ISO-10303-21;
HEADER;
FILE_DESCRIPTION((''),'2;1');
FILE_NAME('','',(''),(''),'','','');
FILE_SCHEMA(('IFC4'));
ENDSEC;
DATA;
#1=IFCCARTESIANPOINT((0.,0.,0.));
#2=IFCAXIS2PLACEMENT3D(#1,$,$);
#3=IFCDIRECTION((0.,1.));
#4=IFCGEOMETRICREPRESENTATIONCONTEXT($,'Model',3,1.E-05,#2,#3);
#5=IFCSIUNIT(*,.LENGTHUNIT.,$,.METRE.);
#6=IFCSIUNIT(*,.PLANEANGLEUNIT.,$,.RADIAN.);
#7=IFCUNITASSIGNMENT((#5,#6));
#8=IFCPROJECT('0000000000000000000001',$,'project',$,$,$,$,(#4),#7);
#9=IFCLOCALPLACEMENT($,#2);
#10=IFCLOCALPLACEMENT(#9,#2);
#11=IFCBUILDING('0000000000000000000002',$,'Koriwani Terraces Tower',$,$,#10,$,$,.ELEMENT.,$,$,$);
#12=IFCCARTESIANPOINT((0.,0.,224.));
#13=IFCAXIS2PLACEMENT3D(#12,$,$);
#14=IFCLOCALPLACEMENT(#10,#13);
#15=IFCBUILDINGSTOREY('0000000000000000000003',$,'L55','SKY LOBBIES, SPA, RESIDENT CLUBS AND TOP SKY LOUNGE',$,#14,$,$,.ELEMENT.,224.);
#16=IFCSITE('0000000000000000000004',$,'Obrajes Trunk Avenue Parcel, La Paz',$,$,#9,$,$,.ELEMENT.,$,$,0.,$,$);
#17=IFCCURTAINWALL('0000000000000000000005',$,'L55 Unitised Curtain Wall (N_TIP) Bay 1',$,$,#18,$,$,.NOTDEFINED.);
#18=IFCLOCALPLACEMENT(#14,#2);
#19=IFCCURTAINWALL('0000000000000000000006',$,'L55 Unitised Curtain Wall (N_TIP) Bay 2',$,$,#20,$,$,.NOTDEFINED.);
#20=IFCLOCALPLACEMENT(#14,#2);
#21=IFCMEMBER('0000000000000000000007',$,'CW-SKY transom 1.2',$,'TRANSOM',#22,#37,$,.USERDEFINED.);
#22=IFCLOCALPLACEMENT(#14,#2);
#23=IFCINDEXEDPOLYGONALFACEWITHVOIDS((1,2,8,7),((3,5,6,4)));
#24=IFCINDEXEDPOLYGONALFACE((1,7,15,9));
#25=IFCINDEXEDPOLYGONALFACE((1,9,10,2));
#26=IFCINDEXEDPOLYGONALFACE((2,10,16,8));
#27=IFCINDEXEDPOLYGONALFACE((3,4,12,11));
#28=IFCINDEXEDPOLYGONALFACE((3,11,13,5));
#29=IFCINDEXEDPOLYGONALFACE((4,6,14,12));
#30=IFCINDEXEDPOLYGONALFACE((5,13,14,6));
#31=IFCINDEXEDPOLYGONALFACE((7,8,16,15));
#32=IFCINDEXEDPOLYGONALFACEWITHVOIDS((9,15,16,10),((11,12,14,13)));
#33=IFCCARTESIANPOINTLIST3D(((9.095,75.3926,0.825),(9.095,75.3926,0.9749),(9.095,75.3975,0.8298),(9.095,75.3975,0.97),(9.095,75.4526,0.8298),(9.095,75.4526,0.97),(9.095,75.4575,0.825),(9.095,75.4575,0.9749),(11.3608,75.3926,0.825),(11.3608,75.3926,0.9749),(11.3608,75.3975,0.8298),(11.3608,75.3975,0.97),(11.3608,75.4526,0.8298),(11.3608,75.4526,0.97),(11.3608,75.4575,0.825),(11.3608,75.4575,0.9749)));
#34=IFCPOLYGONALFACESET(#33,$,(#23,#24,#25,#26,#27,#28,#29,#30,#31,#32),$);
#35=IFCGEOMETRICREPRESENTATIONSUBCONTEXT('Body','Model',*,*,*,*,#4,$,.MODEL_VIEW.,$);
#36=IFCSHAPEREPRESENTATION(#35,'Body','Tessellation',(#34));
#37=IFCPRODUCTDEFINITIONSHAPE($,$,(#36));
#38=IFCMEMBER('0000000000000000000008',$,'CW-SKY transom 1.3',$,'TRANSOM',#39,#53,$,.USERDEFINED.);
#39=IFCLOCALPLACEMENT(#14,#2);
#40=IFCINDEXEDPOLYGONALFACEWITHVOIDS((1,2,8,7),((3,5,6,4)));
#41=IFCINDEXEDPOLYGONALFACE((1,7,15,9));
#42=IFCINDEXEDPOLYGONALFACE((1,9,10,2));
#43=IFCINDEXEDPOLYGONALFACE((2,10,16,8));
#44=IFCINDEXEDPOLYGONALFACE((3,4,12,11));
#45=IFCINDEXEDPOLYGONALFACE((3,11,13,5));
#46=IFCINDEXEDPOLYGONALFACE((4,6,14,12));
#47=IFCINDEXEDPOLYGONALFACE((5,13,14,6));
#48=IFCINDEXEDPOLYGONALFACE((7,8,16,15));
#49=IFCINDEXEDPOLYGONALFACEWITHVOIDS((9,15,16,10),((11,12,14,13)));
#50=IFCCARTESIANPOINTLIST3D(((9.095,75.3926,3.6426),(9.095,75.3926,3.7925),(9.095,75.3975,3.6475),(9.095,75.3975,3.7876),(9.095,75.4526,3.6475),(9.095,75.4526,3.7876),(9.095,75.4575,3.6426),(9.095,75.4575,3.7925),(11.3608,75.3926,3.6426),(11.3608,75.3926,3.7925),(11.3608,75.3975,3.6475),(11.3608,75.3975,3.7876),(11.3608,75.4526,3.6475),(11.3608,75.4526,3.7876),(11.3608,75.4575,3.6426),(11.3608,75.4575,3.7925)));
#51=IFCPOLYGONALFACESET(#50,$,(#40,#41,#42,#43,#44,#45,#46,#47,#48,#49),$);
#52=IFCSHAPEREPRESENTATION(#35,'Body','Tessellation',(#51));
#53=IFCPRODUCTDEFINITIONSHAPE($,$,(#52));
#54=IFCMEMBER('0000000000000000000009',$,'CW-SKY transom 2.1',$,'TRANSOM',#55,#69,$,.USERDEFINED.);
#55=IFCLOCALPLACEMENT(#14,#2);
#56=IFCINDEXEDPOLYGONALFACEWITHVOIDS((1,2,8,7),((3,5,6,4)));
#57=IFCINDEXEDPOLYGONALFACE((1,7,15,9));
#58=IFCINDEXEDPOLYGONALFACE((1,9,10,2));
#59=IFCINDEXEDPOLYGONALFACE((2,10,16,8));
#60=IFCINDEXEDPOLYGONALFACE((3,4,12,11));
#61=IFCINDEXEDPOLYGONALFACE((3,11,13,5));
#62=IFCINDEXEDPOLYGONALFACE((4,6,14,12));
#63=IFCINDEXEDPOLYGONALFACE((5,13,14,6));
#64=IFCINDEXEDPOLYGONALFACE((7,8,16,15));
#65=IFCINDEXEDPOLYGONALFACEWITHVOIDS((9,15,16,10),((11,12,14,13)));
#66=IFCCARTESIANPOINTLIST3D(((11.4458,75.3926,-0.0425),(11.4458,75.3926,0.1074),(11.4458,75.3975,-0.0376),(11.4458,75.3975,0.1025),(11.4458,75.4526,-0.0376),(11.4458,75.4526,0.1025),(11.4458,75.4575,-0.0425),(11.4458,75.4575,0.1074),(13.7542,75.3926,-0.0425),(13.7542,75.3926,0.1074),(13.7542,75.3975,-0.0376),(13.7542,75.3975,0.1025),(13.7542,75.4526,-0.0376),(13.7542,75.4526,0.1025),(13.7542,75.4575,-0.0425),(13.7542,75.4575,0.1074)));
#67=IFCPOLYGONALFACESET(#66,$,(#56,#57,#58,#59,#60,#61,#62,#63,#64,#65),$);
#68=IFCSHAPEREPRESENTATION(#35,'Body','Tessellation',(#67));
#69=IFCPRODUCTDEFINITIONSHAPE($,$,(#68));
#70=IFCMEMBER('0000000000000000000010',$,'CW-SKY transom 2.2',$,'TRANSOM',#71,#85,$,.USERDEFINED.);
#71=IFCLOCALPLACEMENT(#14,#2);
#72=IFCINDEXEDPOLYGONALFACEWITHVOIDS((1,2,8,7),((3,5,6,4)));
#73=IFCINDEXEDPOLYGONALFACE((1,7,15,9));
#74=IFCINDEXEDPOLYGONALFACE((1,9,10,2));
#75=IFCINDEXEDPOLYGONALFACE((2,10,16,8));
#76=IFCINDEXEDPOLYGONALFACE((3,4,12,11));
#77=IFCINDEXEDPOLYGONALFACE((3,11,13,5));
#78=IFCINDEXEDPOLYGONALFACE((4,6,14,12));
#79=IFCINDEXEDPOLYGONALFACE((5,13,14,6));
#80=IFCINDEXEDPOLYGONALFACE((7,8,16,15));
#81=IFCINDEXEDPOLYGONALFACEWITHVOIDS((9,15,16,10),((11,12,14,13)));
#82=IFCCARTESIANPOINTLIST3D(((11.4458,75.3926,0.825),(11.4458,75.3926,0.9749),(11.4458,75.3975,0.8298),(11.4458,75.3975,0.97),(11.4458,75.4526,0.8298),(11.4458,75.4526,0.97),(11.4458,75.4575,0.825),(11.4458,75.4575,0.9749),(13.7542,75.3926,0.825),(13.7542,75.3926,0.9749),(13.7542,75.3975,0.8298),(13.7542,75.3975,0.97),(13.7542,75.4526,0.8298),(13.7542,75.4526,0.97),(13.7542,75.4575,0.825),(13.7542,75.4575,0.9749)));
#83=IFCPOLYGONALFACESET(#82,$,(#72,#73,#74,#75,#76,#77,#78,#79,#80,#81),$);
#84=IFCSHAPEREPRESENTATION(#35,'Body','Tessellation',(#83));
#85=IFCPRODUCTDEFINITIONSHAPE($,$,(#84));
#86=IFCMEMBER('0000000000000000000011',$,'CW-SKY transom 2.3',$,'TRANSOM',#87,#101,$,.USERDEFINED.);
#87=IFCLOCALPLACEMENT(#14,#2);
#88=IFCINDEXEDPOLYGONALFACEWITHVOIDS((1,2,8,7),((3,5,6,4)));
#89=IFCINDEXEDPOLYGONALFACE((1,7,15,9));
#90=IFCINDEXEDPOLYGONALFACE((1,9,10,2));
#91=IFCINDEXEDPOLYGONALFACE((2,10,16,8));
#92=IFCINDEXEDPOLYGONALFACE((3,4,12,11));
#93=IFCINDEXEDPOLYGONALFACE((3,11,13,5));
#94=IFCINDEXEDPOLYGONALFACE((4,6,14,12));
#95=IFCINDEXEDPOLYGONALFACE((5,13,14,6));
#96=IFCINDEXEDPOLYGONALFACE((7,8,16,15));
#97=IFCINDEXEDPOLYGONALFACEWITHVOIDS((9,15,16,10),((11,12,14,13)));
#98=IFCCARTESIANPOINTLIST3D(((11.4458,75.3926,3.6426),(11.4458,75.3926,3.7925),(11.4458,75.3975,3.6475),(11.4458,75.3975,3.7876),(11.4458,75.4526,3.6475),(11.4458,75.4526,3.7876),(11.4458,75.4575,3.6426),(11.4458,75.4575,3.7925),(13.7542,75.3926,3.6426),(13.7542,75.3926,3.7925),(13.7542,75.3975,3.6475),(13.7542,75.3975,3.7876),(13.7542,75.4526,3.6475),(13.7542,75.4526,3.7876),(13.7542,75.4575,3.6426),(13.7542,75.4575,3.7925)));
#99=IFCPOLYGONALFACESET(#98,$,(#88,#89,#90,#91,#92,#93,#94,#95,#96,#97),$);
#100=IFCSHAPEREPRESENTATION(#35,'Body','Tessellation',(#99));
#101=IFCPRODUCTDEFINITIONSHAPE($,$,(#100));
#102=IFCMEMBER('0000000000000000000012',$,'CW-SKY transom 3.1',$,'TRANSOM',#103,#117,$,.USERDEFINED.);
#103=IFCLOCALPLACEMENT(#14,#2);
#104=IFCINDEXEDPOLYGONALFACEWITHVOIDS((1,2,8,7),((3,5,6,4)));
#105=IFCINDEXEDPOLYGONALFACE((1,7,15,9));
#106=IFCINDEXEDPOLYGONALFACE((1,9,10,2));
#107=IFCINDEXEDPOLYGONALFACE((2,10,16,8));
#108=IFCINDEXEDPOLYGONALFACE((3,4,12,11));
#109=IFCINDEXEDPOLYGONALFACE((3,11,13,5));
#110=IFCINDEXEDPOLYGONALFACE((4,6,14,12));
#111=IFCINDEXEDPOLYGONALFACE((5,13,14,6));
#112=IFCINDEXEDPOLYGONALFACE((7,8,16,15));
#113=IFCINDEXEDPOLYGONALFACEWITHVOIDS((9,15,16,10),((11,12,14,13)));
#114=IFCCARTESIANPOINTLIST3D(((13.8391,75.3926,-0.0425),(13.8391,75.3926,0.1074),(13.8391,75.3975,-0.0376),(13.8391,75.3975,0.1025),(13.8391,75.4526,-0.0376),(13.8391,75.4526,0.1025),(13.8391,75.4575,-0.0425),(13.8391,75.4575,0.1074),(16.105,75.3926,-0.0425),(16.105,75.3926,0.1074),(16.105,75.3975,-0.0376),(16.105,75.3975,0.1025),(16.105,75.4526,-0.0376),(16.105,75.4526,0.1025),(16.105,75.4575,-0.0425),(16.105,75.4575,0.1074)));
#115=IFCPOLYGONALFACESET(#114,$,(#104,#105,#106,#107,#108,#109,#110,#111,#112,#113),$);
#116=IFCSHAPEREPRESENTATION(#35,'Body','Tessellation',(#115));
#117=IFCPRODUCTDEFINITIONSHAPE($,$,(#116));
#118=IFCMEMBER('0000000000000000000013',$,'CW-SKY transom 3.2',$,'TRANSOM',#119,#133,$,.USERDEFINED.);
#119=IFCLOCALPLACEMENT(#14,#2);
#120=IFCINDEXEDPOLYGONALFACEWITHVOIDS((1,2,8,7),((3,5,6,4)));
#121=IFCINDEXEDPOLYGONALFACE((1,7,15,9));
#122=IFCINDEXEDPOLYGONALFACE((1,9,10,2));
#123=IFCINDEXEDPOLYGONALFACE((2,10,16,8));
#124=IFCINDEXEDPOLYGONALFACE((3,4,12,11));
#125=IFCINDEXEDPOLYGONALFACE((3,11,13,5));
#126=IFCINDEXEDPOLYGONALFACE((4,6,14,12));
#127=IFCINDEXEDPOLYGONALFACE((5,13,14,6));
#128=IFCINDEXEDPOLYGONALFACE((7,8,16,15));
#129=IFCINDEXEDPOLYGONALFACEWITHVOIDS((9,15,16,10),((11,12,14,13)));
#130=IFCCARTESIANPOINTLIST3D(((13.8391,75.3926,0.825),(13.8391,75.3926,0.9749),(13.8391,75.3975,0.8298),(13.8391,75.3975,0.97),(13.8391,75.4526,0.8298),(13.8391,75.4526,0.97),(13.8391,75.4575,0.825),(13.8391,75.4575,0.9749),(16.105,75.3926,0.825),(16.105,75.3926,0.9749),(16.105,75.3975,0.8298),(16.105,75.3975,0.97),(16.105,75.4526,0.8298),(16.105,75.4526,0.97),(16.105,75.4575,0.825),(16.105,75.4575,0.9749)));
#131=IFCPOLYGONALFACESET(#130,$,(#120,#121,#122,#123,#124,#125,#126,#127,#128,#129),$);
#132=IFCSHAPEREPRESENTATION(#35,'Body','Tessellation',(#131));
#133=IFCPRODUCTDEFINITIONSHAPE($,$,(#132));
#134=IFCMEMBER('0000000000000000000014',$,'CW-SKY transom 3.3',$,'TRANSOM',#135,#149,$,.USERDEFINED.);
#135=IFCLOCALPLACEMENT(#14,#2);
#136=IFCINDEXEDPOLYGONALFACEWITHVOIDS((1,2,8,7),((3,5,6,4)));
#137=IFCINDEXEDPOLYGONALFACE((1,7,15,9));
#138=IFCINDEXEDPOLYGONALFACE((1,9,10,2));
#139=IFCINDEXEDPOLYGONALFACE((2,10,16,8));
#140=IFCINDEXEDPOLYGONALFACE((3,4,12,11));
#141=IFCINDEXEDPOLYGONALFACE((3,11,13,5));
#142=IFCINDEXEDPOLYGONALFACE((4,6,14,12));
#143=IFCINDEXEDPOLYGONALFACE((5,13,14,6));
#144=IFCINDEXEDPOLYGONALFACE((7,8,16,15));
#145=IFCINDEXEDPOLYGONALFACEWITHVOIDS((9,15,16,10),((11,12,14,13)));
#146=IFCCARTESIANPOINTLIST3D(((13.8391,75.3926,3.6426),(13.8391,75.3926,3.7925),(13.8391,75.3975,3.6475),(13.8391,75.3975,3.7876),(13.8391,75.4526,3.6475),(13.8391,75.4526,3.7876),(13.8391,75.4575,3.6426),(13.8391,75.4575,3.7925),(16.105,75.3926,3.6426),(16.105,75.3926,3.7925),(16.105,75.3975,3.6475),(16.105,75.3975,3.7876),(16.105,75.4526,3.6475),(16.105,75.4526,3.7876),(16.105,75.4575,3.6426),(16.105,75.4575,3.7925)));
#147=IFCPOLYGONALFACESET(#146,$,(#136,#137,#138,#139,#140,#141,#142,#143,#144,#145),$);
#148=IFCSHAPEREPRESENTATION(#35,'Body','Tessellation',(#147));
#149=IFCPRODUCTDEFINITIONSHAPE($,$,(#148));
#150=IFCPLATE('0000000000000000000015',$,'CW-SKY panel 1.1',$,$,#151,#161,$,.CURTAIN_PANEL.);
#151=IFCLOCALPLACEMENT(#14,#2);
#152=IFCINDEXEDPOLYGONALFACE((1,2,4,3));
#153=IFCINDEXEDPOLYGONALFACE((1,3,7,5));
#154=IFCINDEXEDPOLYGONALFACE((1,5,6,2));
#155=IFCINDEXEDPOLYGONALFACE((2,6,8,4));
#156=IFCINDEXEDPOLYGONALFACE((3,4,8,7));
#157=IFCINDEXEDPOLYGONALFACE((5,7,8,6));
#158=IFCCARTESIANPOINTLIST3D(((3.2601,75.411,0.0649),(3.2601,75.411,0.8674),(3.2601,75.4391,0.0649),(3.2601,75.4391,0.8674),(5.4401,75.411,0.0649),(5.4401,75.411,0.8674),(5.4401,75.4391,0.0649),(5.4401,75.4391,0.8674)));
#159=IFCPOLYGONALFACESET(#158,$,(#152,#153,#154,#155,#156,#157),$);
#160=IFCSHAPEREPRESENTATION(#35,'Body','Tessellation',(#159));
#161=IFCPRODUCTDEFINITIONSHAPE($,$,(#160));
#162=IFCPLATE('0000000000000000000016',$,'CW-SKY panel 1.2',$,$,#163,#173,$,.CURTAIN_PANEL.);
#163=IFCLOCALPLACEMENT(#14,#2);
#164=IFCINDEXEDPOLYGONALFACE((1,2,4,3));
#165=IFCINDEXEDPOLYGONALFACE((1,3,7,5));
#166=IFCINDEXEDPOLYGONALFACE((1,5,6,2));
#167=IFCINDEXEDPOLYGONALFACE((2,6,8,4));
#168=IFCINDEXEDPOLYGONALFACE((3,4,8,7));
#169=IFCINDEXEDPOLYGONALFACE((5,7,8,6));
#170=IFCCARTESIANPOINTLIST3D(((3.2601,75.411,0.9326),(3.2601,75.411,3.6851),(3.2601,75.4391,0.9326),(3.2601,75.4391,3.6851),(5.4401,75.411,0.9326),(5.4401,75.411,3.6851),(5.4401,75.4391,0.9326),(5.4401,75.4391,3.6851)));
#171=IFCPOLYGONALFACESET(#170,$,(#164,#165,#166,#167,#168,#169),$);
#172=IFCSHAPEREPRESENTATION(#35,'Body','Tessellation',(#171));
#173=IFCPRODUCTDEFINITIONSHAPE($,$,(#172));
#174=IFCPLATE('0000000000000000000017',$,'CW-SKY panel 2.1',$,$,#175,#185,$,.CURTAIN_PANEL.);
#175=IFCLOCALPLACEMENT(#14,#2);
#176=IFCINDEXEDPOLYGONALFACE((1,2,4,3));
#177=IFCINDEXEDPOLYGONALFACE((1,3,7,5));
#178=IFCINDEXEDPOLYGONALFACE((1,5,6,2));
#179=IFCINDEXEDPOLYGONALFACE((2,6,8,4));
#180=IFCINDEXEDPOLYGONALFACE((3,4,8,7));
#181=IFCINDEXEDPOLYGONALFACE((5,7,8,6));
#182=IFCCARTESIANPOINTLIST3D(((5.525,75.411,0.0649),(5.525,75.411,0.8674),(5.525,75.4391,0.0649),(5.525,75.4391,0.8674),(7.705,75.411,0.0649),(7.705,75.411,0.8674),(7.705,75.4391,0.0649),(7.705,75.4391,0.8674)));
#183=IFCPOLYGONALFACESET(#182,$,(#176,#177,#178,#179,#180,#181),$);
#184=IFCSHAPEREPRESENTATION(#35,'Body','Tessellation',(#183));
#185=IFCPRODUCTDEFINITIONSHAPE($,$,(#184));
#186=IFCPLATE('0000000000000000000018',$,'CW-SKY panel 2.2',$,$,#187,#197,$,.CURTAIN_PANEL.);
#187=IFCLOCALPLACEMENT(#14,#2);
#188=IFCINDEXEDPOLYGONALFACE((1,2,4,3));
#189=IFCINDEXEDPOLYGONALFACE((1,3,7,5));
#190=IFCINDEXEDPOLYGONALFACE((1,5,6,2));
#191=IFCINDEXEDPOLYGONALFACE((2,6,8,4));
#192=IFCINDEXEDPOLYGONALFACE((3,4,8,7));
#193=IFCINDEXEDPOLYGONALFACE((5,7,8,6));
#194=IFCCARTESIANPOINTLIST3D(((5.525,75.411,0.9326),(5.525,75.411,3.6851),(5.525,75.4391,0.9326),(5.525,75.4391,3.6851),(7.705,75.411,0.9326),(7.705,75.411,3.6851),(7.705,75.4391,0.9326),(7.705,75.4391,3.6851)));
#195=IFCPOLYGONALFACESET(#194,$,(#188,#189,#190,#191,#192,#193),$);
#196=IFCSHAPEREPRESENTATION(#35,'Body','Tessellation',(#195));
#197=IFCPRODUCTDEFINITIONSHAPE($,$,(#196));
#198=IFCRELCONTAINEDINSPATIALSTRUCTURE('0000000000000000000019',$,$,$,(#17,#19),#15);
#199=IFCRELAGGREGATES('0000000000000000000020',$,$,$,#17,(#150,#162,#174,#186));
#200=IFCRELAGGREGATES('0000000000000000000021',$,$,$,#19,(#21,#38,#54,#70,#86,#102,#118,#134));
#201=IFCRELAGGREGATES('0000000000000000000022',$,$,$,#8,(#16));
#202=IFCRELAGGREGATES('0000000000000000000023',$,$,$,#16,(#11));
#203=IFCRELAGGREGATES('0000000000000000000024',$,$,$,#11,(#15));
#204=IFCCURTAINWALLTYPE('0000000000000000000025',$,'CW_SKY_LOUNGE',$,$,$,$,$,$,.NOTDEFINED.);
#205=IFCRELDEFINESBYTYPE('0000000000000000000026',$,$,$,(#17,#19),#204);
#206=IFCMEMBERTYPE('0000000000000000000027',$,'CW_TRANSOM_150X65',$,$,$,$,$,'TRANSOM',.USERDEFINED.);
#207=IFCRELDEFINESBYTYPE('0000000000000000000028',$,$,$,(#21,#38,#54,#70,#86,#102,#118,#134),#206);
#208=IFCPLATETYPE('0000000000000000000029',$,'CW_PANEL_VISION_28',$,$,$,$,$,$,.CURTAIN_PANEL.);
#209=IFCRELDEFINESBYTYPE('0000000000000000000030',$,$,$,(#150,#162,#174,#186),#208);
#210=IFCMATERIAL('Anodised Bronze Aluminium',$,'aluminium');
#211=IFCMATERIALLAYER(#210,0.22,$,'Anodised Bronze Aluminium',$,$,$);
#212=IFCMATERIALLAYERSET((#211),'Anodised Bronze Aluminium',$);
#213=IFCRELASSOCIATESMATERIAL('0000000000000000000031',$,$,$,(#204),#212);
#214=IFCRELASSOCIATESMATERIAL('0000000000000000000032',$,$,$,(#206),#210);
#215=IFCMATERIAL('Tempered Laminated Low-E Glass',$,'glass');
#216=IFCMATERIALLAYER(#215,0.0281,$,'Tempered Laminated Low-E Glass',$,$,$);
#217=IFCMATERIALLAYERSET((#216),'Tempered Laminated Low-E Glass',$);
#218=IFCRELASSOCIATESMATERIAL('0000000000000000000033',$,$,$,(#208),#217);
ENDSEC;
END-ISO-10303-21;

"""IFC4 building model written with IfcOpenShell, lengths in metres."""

from ifc_helpers import new_model, si_unit, direction, frame, origin, origin_2d, place, context, subcontext, project, spatial, rectangle, hollow_rectangle, extrude, material, layer, layer_set, material_profile, profile_set, type_object, element, aggregate, save


model = new_model("IFC4")

# Units and contexts
model_context = context("Model", 3, precision=1e-05, world=origin(), true_north=direction((0.0, 1.0)))
body_context = subcontext(model_context, "Body", "Model", "MODEL_VIEW")
ifc_project = project(units=[si_unit("LENGTHUNIT", "METRE"), si_unit("PLANEANGLEUNIT", "RADIAN")], contexts=[model_context])

# Site, building, storey
site_placement = place(None, origin())
site = spatial("IfcSite", under=ifc_project, at=site_placement, Name="Obrajes Trunk Avenue Parcel, La Paz", CompositionType="ELEMENT", RefElevation=0.0)
building_placement = place(site_placement, origin())
building = spatial("IfcBuilding", under=site, at=building_placement, Name="Koriwani Terraces Tower", CompositionType="ELEMENT")
storey_placement = place(building_placement, frame((0.0, 0.0, 224.0)))
storey = spatial("IfcBuildingStorey", under=building, at=storey_placement, Name="L55", Description="SKY LOBBIES, SPA, RESIDENT CLUBS AND TOP SKY LOUNGE", CompositionType="ELEMENT", Elevation=224.0)

# Curtain walls
ifc_material_1 = material(Name="Anodised Bronze Aluminium", Category="aluminium")
ifc_layer_1 = layer(ifc_material_1, 0.22, Name="Anodised Bronze Aluminium")
ifc_layer_set_1 = layer_set([ifc_layer_1], Name="Anodised Bronze Aluminium")
curtain_wall_type = type_object("IfcCurtainWallType", Name="CW_SKY_LOUNGE", PredefinedType="NOTDEFINED", material=ifc_layer_set_1)
curtain_wall_1_placement = place(storey_placement, origin())
curtain_wall_1 = element("IfcCurtainWall", 1, at=curtain_wall_1_placement, inside=storey, type_object=curtain_wall_type, Name="L55 Unitised Curtain Wall (N_TIP) Bay 1", PredefinedType="NOTDEFINED")
curtain_wall_2_placement = place(storey_placement, origin())
curtain_wall_2 = element("IfcCurtainWall", 2, at=curtain_wall_2_placement, inside=storey, type_object=curtain_wall_type, Name="L55 Unitised Curtain Wall (N_TIP) Bay 2", PredefinedType="NOTDEFINED")

# Members
ifc_material_profile_1 = material_profile(ifc_material_1, hollow_rectangle(XDim=0.0649, YDim=0.1499, WallThickness=0.0049, at=origin_2d()), Name="Anodised Bronze Aluminium", Category="LoadBearing")
ifc_profile_set_1 = profile_set([ifc_material_profile_1], Name="Anodised Bronze Aluminium")
member_type_1 = type_object("IfcMemberType", Name="CW_TRANSOM_150X65", ElementType="TRANSOM", PredefinedType="USERDEFINED", material=ifc_profile_set_1)
member_1_placement = place(storey_placement, frame((9.095, 75.425, 0.8999), z_axis=(1.0, 0.0, 0.0), x_axis=(0.0, 1.0, 0.0)))
member_1 = element("IfcMember", 3, at=member_1_placement, type_object=member_type_1, Name="CW-SKY transom 1.2", ObjectType="TRANSOM", PredefinedType="USERDEFINED", context=body_context, shape_type="SweptSolid", body=[
    extrude(hollow_rectangle(XDim=0.0649, YDim=0.1499, WallThickness=0.0049, at=origin_2d()), origin(), (0.0, 0.0, 1.0), 2.2659),
])
member_2_placement = place(storey_placement, frame((9.095, 75.425, 3.7175), z_axis=(1.0, 0.0, 0.0), x_axis=(0.0, 1.0, 0.0)))
member_2 = element("IfcMember", 4, at=member_2_placement, type_object=member_type_1, Name="CW-SKY transom 1.3", ObjectType="TRANSOM", PredefinedType="USERDEFINED", context=body_context, shape_type="SweptSolid", body=[
    extrude(hollow_rectangle(XDim=0.0649, YDim=0.1499, WallThickness=0.0049, at=origin_2d()), origin(), (0.0, 0.0, 1.0), 2.2659),
])
member_3_placement = place(storey_placement, frame((11.4458, 75.425, 0.0325), z_axis=(1.0, 0.0, 0.0), x_axis=(0.0, 1.0, 0.0)))
member_3 = element("IfcMember", 5, at=member_3_placement, type_object=member_type_1, Name="CW-SKY transom 2.1", ObjectType="TRANSOM", PredefinedType="USERDEFINED", context=body_context, shape_type="SweptSolid", body=[
    extrude(hollow_rectangle(XDim=0.0649, YDim=0.1499, WallThickness=0.0049, at=origin_2d()), origin(), (0.0, 0.0, 1.0), 2.3083),
])
member_4_placement = place(storey_placement, frame((11.4458, 75.425, 0.8999), z_axis=(1.0, 0.0, 0.0), x_axis=(0.0, 1.0, 0.0)))
member_4 = element("IfcMember", 6, at=member_4_placement, type_object=member_type_1, Name="CW-SKY transom 2.2", ObjectType="TRANSOM", PredefinedType="USERDEFINED", context=body_context, shape_type="SweptSolid", body=[
    extrude(hollow_rectangle(XDim=0.0649, YDim=0.1499, WallThickness=0.0049, at=origin_2d()), origin(), (0.0, 0.0, 1.0), 2.3083),
])
member_5_placement = place(storey_placement, frame((11.4458, 75.425, 3.7175), z_axis=(1.0, 0.0, 0.0), x_axis=(0.0, 1.0, 0.0)))
member_5 = element("IfcMember", 7, at=member_5_placement, type_object=member_type_1, Name="CW-SKY transom 2.3", ObjectType="TRANSOM", PredefinedType="USERDEFINED", context=body_context, shape_type="SweptSolid", body=[
    extrude(hollow_rectangle(XDim=0.0649, YDim=0.1499, WallThickness=0.0049, at=origin_2d()), origin(), (0.0, 0.0, 1.0), 2.3083),
])
member_6_placement = place(storey_placement, frame((13.8391, 75.425, 0.0325), z_axis=(1.0, 0.0, 0.0), x_axis=(0.0, 1.0, 0.0)))
member_6 = element("IfcMember", 8, at=member_6_placement, type_object=member_type_1, Name="CW-SKY transom 3.1", ObjectType="TRANSOM", PredefinedType="USERDEFINED", context=body_context, shape_type="SweptSolid", body=[
    extrude(hollow_rectangle(XDim=0.0649, YDim=0.1499, WallThickness=0.0049, at=origin_2d()), origin(), (0.0, 0.0, 1.0), 2.2659),
])
member_7_placement = place(storey_placement, frame((13.8391, 75.425, 0.8999), z_axis=(1.0, 0.0, 0.0), x_axis=(0.0, 1.0, 0.0)))
member_7 = element("IfcMember", 9, at=member_7_placement, type_object=member_type_1, Name="CW-SKY transom 3.2", ObjectType="TRANSOM", PredefinedType="USERDEFINED", context=body_context, shape_type="SweptSolid", body=[
    extrude(hollow_rectangle(XDim=0.0649, YDim=0.1499, WallThickness=0.0049, at=origin_2d()), origin(), (0.0, 0.0, 1.0), 2.2659),
])
member_8_placement = place(storey_placement, frame((13.8391, 75.425, 3.7175), z_axis=(1.0, 0.0, 0.0), x_axis=(0.0, 1.0, 0.0)))
member_8 = element("IfcMember", 10, at=member_8_placement, type_object=member_type_1, Name="CW-SKY transom 3.3", ObjectType="TRANSOM", PredefinedType="USERDEFINED", context=body_context, shape_type="SweptSolid", body=[
    extrude(hollow_rectangle(XDim=0.0649, YDim=0.1499, WallThickness=0.0049, at=origin_2d()), origin(), (0.0, 0.0, 1.0), 2.2659),
])

# Plates
ifc_material_2 = material(Name="Tempered Laminated Low-E Glass", Category="glass")
ifc_layer_2 = layer(ifc_material_2, 0.0281, Name="Tempered Laminated Low-E Glass")
ifc_layer_set_2 = layer_set([ifc_layer_2], Name="Tempered Laminated Low-E Glass")
plate_type = type_object("IfcPlateType", Name="CW_PANEL_VISION_28", PredefinedType="CURTAIN_PANEL", material=ifc_layer_set_2)
plate_1_placement = place(storey_placement, frame((4.3501, 75.425, 0.0649), z_axis=(0.0, 0.0, 1.0), x_axis=(1.0, 0.0, 0.0)))
plate_1 = element("IfcPlate", 11, at=plate_1_placement, type_object=plate_type, Name="CW-SKY panel 1.1", PredefinedType="CURTAIN_PANEL", context=body_context, shape_type="SweptSolid", body=[
    extrude(rectangle(XDim=2.1799, YDim=0.0281, at=origin_2d()), origin(), (0.0, 0.0, 1.0), 0.8025),
])
plate_2_placement = place(storey_placement, frame((4.3501, 75.425, 0.9326), z_axis=(0.0, 0.0, 1.0), x_axis=(1.0, 0.0, 0.0)))
plate_2 = element("IfcPlate", 12, at=plate_2_placement, type_object=plate_type, Name="CW-SKY panel 1.2", PredefinedType="CURTAIN_PANEL", context=body_context, shape_type="SweptSolid", body=[
    extrude(rectangle(XDim=2.1799, YDim=0.0281, at=origin_2d()), origin(), (0.0, 0.0, 1.0), 2.7524),
])
plate_3_placement = place(storey_placement, frame((6.615, 75.425, 0.0649), z_axis=(0.0, 0.0, 1.0), x_axis=(1.0, 0.0, 0.0)))
plate_3 = element("IfcPlate", 13, at=plate_3_placement, type_object=plate_type, Name="CW-SKY panel 2.1", PredefinedType="CURTAIN_PANEL", context=body_context, shape_type="SweptSolid", body=[
    extrude(rectangle(XDim=2.1799, YDim=0.0281, at=origin_2d()), origin(), (0.0, 0.0, 1.0), 0.8025),
])
plate_4_placement = place(storey_placement, frame((6.615, 75.425, 0.9326), z_axis=(0.0, 0.0, 1.0), x_axis=(1.0, 0.0, 0.0)))
plate_4 = element("IfcPlate", 14, at=plate_4_placement, type_object=plate_type, Name="CW-SKY panel 2.2", PredefinedType="CURTAIN_PANEL", context=body_context, shape_type="SweptSolid", body=[
    extrude(rectangle(XDim=2.1799, YDim=0.0281, at=origin_2d()), origin(), (0.0, 0.0, 1.0), 2.7524),
])
aggregate(curtain_wall_1, [plate_1, plate_2, plate_3, plate_4])
aggregate(curtain_wall_2, [member_1, member_2, member_3, member_4, member_5, member_6, member_7, member_8])

save(model, "model.ifc")
